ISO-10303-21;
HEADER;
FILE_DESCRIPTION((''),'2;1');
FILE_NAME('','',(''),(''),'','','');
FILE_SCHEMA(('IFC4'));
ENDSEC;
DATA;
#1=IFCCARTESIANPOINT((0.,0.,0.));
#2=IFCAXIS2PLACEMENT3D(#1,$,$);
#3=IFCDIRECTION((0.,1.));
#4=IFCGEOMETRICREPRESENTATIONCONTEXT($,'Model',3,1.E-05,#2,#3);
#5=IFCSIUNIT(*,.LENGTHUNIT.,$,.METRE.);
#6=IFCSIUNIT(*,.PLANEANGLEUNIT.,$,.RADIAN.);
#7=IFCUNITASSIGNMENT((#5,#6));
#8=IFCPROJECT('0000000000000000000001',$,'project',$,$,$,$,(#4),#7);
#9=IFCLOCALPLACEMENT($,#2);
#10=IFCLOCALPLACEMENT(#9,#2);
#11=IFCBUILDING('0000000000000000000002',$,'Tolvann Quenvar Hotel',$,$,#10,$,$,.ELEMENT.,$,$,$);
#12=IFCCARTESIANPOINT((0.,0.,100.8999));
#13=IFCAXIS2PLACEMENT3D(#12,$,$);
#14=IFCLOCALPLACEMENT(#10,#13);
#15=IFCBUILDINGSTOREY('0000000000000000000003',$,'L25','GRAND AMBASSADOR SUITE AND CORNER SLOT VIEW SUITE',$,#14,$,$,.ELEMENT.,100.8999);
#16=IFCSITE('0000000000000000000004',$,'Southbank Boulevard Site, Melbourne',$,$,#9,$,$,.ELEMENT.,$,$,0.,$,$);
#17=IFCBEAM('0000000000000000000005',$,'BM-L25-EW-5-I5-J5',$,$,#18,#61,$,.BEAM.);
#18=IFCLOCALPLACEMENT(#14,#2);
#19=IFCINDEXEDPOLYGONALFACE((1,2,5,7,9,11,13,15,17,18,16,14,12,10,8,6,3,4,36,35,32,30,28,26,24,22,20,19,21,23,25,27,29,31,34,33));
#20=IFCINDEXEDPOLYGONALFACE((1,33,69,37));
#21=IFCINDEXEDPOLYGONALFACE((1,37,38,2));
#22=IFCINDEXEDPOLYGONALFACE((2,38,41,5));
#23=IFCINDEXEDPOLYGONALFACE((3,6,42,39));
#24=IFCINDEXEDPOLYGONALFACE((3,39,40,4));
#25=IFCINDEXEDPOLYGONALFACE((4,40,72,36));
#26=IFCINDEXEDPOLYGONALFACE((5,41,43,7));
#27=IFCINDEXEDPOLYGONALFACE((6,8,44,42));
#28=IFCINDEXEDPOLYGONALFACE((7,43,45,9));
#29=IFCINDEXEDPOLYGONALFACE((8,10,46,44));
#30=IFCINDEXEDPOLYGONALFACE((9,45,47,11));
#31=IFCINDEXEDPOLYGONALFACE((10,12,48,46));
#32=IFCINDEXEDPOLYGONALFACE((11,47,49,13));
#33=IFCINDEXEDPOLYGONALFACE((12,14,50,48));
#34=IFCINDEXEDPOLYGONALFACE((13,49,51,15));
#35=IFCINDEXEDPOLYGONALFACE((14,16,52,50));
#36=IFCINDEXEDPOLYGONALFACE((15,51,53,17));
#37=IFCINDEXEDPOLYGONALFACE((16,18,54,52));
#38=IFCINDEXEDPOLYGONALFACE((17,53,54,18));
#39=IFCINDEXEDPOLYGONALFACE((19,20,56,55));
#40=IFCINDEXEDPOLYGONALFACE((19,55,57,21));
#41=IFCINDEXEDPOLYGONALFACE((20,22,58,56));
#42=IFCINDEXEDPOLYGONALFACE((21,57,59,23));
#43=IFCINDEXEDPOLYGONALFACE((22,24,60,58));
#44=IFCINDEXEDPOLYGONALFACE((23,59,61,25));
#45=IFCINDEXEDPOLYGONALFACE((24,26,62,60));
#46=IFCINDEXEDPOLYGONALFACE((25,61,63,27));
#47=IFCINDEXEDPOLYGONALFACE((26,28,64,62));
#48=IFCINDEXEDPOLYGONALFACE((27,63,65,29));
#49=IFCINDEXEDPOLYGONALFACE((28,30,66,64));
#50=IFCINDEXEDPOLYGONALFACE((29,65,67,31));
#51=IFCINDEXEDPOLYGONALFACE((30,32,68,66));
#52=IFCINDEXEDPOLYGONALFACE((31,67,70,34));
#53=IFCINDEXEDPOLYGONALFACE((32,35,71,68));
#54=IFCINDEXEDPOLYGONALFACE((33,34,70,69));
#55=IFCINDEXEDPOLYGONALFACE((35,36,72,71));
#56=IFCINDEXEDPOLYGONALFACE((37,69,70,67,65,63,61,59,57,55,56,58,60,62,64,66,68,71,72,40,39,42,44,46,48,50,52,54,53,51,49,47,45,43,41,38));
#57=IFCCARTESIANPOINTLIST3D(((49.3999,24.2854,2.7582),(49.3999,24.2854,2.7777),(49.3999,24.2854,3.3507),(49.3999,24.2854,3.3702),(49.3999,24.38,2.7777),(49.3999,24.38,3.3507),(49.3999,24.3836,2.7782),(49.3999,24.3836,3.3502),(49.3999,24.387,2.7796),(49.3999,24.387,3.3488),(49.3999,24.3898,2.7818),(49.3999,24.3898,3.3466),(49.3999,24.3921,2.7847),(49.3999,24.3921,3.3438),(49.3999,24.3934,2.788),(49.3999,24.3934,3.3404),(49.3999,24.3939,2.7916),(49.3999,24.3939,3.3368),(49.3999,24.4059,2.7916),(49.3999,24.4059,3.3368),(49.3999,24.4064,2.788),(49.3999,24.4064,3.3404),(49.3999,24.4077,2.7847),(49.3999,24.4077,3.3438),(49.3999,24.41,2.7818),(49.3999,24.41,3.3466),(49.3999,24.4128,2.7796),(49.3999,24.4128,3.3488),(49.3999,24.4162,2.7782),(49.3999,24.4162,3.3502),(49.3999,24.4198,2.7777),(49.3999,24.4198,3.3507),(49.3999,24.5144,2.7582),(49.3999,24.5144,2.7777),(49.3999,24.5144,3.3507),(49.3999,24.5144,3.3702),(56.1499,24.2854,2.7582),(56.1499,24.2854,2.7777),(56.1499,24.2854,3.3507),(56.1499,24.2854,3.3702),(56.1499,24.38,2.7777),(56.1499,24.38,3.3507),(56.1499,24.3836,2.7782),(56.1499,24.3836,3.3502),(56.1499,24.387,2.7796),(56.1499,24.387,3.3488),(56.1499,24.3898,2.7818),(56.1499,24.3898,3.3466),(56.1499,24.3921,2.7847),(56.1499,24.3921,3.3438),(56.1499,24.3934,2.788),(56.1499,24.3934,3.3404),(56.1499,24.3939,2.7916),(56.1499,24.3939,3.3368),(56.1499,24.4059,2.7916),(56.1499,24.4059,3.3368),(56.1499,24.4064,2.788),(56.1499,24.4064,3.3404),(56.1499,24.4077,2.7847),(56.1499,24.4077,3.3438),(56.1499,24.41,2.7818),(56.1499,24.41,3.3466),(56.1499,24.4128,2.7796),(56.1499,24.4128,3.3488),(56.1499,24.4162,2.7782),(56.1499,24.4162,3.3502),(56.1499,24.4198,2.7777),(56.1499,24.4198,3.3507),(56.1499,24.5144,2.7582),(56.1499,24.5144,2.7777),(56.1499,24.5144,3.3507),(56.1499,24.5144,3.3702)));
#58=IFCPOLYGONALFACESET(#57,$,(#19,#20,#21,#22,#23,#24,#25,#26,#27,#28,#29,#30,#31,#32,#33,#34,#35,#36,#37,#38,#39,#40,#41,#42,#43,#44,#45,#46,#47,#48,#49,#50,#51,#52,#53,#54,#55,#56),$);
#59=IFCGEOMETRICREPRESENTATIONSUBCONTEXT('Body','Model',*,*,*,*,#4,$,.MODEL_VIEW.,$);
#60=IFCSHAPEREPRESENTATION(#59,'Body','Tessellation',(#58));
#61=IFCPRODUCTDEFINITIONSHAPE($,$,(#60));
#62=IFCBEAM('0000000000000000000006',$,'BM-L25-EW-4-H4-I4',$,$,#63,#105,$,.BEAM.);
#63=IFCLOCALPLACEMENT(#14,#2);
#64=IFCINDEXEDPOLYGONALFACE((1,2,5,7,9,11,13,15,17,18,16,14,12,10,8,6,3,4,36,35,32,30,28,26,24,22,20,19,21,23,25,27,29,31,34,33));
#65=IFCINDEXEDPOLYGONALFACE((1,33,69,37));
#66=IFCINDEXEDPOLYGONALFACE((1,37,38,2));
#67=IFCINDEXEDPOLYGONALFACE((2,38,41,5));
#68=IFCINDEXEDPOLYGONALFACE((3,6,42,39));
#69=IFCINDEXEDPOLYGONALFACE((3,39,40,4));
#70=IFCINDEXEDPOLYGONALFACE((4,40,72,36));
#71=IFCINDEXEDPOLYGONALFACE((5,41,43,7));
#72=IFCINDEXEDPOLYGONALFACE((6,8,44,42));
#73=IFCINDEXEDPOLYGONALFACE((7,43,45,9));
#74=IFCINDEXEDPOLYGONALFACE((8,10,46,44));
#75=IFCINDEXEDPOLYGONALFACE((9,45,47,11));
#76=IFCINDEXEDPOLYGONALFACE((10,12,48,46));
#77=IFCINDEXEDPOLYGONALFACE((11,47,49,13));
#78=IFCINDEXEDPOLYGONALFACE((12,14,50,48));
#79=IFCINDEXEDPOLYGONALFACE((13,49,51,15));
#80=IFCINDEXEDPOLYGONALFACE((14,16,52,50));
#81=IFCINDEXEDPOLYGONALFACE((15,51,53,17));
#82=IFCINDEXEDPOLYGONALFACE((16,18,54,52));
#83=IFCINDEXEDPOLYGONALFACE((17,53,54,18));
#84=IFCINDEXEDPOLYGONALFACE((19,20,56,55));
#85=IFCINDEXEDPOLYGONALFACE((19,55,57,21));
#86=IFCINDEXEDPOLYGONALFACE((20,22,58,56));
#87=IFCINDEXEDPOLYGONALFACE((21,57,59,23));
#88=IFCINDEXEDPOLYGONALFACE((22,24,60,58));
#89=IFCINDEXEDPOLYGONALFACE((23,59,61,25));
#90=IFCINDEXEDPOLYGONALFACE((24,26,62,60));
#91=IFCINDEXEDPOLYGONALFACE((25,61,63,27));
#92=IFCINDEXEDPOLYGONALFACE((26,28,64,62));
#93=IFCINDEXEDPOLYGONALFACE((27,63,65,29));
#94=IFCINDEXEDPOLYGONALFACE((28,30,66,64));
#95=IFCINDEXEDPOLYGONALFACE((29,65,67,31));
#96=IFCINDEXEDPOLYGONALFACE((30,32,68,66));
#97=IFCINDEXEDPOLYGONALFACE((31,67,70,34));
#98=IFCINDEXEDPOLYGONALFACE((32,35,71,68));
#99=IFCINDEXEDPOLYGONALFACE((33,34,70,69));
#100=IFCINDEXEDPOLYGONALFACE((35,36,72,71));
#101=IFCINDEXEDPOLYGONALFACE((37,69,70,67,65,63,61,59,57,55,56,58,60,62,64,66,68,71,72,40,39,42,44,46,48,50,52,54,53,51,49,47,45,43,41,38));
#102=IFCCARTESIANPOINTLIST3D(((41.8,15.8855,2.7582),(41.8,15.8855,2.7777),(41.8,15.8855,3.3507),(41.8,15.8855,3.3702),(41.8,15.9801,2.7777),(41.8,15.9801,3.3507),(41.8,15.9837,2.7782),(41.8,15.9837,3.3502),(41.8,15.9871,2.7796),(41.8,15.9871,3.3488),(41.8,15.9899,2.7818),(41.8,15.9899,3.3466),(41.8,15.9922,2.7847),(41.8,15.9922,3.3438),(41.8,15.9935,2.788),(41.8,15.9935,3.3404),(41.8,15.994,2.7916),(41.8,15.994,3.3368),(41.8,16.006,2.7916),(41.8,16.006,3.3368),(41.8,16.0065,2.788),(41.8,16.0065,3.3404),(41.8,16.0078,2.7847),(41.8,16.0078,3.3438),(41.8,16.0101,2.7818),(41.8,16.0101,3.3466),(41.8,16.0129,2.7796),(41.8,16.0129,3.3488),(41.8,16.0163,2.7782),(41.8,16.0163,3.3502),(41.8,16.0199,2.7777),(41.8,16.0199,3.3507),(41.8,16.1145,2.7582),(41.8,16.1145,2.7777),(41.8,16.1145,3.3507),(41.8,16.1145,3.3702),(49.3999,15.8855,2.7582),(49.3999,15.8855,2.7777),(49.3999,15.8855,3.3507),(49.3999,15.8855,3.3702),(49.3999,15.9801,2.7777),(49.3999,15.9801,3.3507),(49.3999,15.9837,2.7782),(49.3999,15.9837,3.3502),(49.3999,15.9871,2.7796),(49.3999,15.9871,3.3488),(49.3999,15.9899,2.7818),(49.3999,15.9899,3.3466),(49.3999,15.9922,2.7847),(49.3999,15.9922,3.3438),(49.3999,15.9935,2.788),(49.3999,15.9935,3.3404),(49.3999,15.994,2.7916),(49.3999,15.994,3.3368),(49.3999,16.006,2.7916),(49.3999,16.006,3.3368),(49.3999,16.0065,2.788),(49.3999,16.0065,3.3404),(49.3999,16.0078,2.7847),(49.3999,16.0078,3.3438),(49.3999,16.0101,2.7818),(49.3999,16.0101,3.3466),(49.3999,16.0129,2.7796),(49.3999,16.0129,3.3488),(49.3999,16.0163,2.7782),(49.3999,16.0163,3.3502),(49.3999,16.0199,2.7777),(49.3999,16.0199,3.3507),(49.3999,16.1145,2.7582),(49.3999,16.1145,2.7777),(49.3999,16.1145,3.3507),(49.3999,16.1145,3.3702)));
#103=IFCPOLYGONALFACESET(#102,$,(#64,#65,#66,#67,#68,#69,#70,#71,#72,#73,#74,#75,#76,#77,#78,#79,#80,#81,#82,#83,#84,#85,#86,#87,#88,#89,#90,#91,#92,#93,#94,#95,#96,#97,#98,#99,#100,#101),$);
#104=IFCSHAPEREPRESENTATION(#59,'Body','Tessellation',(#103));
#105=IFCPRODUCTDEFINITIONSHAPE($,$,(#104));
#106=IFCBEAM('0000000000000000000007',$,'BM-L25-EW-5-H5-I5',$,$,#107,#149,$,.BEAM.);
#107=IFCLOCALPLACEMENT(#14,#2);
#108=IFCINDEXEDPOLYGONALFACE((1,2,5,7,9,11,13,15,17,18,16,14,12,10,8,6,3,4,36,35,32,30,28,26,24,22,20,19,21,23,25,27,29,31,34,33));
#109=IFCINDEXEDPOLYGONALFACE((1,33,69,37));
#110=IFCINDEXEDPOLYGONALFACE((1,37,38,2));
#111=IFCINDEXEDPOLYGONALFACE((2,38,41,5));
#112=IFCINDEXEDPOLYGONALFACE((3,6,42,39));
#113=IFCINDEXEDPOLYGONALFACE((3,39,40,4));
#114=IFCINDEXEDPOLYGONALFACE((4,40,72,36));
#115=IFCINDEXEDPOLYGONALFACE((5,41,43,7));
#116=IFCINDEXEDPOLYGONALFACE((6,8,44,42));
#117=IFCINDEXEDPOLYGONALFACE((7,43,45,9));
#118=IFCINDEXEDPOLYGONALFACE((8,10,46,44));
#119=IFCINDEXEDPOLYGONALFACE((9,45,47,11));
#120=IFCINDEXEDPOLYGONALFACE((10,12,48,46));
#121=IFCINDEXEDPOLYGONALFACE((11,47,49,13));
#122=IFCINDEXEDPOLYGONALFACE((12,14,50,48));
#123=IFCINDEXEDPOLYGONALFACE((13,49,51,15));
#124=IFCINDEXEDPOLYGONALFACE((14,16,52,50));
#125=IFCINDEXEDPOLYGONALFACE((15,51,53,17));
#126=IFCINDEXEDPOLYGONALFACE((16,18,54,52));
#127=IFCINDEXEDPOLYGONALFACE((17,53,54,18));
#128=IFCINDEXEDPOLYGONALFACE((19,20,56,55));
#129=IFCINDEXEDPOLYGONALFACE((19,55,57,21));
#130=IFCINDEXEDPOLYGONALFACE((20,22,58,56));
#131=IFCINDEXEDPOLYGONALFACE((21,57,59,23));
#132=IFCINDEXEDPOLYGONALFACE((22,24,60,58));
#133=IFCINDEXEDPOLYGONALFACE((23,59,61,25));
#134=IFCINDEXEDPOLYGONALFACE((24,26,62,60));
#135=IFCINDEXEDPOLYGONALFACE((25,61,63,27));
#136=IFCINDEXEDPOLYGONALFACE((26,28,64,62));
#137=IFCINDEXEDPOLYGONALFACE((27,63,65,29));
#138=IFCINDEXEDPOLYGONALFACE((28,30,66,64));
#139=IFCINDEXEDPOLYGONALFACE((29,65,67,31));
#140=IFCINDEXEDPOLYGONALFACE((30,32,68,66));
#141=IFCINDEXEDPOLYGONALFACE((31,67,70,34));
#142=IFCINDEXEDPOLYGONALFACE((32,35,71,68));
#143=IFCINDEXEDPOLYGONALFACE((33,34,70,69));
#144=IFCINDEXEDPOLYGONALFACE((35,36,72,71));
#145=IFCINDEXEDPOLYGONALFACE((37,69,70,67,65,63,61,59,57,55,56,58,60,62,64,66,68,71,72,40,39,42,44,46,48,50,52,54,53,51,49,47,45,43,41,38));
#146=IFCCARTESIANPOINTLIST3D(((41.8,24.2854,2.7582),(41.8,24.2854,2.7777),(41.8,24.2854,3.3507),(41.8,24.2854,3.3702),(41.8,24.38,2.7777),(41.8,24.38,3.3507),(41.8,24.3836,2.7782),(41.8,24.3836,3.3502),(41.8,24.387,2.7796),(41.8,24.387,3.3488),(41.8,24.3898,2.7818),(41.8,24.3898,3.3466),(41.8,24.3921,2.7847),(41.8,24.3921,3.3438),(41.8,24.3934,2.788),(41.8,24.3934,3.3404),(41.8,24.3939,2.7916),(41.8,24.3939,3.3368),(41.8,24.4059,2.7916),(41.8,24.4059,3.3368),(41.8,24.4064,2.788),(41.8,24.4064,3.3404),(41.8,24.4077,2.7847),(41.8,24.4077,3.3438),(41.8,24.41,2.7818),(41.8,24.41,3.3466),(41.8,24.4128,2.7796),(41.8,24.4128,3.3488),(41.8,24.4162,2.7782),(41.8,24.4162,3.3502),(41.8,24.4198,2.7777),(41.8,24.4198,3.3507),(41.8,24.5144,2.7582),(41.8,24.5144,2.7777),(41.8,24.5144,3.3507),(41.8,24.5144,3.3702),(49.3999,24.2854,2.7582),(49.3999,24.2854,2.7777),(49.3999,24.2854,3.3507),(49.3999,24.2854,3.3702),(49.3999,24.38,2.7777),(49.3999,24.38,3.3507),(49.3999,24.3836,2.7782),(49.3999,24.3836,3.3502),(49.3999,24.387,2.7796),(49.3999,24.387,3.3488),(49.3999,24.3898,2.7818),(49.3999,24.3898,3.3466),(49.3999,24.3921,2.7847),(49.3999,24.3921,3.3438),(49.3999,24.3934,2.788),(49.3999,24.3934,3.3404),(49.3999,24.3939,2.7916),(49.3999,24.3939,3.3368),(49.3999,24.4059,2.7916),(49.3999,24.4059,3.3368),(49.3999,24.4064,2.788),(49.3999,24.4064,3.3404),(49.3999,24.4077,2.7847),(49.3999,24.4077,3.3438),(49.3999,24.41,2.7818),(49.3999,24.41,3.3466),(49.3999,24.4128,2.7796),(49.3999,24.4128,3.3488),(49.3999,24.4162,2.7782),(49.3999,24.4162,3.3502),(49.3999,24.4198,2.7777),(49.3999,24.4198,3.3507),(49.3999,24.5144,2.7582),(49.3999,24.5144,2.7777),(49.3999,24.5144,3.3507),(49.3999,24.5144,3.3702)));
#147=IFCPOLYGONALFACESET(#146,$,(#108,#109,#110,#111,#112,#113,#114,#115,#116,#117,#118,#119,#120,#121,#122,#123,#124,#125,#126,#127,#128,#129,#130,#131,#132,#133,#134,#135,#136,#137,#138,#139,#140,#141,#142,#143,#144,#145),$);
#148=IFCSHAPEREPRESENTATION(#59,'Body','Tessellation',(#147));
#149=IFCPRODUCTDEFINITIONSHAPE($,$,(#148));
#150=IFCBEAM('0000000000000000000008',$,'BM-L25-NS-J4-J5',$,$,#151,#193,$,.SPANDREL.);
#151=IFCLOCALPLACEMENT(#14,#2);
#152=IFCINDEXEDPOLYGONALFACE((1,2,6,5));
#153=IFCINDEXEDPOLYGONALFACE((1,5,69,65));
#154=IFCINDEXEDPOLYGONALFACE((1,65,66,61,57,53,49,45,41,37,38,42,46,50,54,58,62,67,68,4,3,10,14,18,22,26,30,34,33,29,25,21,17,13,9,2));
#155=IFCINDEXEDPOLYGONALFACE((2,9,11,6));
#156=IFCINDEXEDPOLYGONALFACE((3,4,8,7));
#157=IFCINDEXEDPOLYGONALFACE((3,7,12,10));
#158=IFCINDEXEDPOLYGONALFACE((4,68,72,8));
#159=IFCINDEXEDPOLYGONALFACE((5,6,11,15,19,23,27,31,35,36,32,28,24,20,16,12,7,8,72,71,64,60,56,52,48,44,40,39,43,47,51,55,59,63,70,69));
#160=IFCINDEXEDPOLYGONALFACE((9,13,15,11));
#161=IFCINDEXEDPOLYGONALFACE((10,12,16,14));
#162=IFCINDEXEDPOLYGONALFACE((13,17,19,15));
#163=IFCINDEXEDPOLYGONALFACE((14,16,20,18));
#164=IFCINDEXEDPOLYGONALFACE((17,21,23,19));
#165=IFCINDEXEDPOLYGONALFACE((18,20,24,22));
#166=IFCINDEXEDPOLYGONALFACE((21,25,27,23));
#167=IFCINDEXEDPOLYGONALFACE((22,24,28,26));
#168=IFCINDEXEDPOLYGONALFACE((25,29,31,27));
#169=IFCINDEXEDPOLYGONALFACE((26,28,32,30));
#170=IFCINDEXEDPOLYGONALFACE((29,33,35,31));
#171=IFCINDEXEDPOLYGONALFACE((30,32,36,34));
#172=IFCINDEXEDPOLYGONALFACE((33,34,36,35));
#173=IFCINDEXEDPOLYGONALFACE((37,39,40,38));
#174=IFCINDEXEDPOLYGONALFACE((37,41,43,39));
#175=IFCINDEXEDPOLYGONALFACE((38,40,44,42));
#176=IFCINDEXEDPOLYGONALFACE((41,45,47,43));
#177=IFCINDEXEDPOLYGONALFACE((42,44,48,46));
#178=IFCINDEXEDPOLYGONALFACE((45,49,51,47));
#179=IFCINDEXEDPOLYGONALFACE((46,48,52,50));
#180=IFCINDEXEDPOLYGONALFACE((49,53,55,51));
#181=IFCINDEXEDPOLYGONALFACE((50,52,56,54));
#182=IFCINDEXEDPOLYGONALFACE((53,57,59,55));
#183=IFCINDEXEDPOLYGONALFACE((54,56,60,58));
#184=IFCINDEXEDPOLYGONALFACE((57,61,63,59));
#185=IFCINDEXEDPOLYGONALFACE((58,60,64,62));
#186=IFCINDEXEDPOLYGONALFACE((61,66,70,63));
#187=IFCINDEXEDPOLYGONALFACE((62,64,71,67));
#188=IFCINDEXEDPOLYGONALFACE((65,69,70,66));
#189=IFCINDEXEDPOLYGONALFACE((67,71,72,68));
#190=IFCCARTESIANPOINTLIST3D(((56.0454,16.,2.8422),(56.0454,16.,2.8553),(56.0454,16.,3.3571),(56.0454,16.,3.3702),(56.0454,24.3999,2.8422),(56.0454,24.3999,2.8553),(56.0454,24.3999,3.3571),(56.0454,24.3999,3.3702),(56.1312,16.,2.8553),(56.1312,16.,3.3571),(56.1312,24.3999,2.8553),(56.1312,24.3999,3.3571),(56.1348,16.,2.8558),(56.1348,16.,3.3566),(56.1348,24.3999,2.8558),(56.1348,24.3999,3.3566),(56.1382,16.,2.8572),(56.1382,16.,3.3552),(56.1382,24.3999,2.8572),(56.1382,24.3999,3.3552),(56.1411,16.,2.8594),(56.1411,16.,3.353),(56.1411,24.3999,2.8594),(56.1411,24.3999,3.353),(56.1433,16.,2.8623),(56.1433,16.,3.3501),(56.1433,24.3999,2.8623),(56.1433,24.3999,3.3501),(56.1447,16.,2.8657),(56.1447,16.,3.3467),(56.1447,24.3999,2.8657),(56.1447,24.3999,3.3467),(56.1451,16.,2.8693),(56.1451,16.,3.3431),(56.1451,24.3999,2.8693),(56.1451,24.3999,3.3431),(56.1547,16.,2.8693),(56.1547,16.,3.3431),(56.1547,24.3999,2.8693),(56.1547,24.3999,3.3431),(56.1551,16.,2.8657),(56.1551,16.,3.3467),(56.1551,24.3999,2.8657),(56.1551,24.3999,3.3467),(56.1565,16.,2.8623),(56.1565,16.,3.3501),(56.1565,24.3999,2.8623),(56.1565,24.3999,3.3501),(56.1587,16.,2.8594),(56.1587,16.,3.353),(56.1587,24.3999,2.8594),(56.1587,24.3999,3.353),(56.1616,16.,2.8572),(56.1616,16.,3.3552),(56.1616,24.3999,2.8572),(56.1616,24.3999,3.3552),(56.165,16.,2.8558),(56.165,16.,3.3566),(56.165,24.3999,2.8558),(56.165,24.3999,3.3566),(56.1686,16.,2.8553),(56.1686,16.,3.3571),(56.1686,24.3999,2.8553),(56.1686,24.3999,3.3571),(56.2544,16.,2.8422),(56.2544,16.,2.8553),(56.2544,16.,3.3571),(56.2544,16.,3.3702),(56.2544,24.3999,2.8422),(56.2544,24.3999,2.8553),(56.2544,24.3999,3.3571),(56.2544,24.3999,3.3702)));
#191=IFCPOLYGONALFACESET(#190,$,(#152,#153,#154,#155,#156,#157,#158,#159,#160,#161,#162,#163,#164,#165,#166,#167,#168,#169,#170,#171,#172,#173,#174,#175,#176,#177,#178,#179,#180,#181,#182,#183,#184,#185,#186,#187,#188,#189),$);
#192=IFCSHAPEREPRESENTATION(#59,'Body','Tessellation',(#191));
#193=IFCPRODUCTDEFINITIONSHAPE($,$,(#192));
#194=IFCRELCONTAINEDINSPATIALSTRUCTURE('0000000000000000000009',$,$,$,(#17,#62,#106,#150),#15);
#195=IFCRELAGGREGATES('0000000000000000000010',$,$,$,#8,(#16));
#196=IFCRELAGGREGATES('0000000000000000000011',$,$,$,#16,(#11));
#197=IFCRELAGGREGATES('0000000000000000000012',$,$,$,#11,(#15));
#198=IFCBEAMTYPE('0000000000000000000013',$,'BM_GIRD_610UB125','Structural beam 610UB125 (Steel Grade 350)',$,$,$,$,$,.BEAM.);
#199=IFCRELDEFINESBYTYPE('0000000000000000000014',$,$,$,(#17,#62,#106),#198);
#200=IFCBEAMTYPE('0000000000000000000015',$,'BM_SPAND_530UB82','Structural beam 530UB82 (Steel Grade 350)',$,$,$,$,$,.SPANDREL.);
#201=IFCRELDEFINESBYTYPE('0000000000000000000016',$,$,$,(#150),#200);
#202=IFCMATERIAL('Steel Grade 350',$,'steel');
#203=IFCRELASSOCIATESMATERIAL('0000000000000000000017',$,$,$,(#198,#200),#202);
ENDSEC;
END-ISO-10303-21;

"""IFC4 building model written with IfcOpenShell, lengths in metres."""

from ifc_helpers import new_model, si_unit, direction, frame, origin, origin_2d, place, context, subcontext, project, spatial, i_section, extrude, source, transform, mapped, material, material_profile, profile_set, type_object, type_shapes, element, save


model = new_model("IFC4")

# Units and contexts
model_context = context("Model", 3, precision=1e-05, world=origin(), true_north=direction((0.0, 1.0)))
body_context = subcontext(model_context, "Body", "Model", "MODEL_VIEW")
ifc_project = project(units=[si_unit("LENGTHUNIT", "METRE"), si_unit("PLANEANGLEUNIT", "RADIAN")], contexts=[model_context])

# Site, building, storey
site_placement = place(None, origin())
site = spatial("IfcSite", under=ifc_project, at=site_placement, Name="Southbank Boulevard Site, Melbourne", CompositionType="ELEMENT", RefElevation=0.0)
building_placement = place(site_placement, origin())
building = spatial("IfcBuilding", under=site, at=building_placement, Name="Tolvann Quenvar Hotel", CompositionType="ELEMENT")
storey_placement = place(building_placement, frame((0.0, 0.0, 100.8999)))
storey = spatial("IfcBuildingStorey", under=building, at=storey_placement, Name="L25", Description="GRAND AMBASSADOR SUITE AND CORNER SLOT VIEW SUITE", CompositionType="ELEMENT", Elevation=100.8999)

# Shared definitions
ifc_material_1 = material(Name="Steel Grade 350", Category="steel")

# Beams
ifc_material_profile_1 = material_profile(ifc_material_1, i_section(OverallWidth=0.229, OverallDepth=0.6121, WebThickness=0.012, FlangeThickness=0.0195, FilletRadius=0.0139, at=origin_2d()), Name="610UB125")
ifc_profile_set_1 = profile_set([ifc_material_profile_1], Name="Steel Grade 350")
beam_type_1 = type_object("IfcBeamType", Name="BM_GIRD_610UB125", Description="Structural beam 610UB125 (Steel Grade 350)", PredefinedType="BEAM", material=ifc_profile_set_1)
shared_shape_1 = source(origin(), body_context, "Body", "SweptSolid", [
    extrude(i_section(OverallWidth=0.229, OverallDepth=0.6121, WebThickness=0.012, FlangeThickness=0.0195, FilletRadius=0.0139, at=origin_2d()), origin(), (0.0, 0.0, 1.0), 6.75),
])
for number, where, z_axis, x_axis, name in (
    (1, (49.3999, 24.3999, 3.0642), (1.0, 0.0, 0.0), (0.0, 1.0, 0.0), "BM-L25-EW-5-I5-J5"),
):
    element("IfcBeam", number, at=place(storey_placement, frame(where, z_axis=z_axis, x_axis=x_axis)), inside=storey, type_object=beam_type_1, Name=name, PredefinedType="BEAM", context=body_context, shape_type="MappedRepresentation", body=[
        mapped(shared_shape_1, transform((0.0, 0.0, 0.0), x_axis=(1.0, 0.0, 0.0), y_axis=(0.0, 1.0, 0.0), z_axis=(0.0, 0.0, 1.0), scale=1.0)),
    ])
shared_shape_2 = source(origin(), body_context, "Body", "SweptSolid", [
    extrude(i_section(OverallWidth=0.229, OverallDepth=0.6121, WebThickness=0.012, FlangeThickness=0.0195, FilletRadius=0.0139, at=origin_2d()), origin(), (0.0, 0.0, 1.0), 7.5999),
])
for number, where, z_axis, x_axis, name in (
    (2, (41.8, 16.0, 3.0642), (1.0, 0.0, 0.0), (0.0, 1.0, 0.0), "BM-L25-EW-4-H4-I4"),
    (3, (41.8, 24.3999, 3.0642), (1.0, 0.0, 0.0), (0.0, 1.0, 0.0), "BM-L25-EW-5-H5-I5"),
):
    element("IfcBeam", number, at=place(storey_placement, frame(where, z_axis=z_axis, x_axis=x_axis)), inside=storey, type_object=beam_type_1, Name=name, PredefinedType="BEAM", context=body_context, shape_type="MappedRepresentation", body=[
        mapped(shared_shape_2, transform((0.0, 0.0, 0.0), x_axis=(1.0, 0.0, 0.0), y_axis=(0.0, 1.0, 0.0), z_axis=(0.0, 0.0, 1.0), scale=1.0)),
    ])
ifc_material_profile_2 = material_profile(ifc_material_1, i_section(OverallWidth=0.209, OverallDepth=0.5281, WebThickness=0.0095, FlangeThickness=0.0132, FilletRadius=0.0139, at=origin_2d()), Name="530UB82")
ifc_profile_set_2 = profile_set([ifc_material_profile_2], Name="Steel Grade 350")
beam_type_2 = type_object("IfcBeamType", Name="BM_SPAND_530UB82", Description="Structural beam 530UB82 (Steel Grade 350)", PredefinedType="SPANDREL", material=ifc_profile_set_2)
shared_shape_3 = source(origin(), body_context, "Body", "SweptSolid", [
    extrude(i_section(OverallWidth=0.209, OverallDepth=0.5281, WebThickness=0.0095, FlangeThickness=0.0132, FilletRadius=0.0139, at=origin_2d()), origin(), (0.0, 0.0, 1.0), 8.3999),
])
type_shapes(beam_type_2, [shared_shape_3])
beam_1_placement = place(storey_placement, frame((56.1499, 16.0, 3.1062), z_axis=(0.0, 1.0, 0.0), x_axis=(-1.0, 0.0, 0.0)))
element("IfcBeam", 4, at=beam_1_placement, inside=storey, type_object=beam_type_2, Name="BM-L25-NS-J4-J5", PredefinedType="SPANDREL", context=body_context, shape_type="MappedRepresentation", body=[
    mapped(shared_shape_3, transform((0.0, 0.0, 0.0), x_axis=(1.0, 0.0, 0.0), y_axis=(0.0, 1.0, 0.0), z_axis=(0.0, 0.0, 1.0), scale=1.0)),
])

save(model, "model.ifc")
